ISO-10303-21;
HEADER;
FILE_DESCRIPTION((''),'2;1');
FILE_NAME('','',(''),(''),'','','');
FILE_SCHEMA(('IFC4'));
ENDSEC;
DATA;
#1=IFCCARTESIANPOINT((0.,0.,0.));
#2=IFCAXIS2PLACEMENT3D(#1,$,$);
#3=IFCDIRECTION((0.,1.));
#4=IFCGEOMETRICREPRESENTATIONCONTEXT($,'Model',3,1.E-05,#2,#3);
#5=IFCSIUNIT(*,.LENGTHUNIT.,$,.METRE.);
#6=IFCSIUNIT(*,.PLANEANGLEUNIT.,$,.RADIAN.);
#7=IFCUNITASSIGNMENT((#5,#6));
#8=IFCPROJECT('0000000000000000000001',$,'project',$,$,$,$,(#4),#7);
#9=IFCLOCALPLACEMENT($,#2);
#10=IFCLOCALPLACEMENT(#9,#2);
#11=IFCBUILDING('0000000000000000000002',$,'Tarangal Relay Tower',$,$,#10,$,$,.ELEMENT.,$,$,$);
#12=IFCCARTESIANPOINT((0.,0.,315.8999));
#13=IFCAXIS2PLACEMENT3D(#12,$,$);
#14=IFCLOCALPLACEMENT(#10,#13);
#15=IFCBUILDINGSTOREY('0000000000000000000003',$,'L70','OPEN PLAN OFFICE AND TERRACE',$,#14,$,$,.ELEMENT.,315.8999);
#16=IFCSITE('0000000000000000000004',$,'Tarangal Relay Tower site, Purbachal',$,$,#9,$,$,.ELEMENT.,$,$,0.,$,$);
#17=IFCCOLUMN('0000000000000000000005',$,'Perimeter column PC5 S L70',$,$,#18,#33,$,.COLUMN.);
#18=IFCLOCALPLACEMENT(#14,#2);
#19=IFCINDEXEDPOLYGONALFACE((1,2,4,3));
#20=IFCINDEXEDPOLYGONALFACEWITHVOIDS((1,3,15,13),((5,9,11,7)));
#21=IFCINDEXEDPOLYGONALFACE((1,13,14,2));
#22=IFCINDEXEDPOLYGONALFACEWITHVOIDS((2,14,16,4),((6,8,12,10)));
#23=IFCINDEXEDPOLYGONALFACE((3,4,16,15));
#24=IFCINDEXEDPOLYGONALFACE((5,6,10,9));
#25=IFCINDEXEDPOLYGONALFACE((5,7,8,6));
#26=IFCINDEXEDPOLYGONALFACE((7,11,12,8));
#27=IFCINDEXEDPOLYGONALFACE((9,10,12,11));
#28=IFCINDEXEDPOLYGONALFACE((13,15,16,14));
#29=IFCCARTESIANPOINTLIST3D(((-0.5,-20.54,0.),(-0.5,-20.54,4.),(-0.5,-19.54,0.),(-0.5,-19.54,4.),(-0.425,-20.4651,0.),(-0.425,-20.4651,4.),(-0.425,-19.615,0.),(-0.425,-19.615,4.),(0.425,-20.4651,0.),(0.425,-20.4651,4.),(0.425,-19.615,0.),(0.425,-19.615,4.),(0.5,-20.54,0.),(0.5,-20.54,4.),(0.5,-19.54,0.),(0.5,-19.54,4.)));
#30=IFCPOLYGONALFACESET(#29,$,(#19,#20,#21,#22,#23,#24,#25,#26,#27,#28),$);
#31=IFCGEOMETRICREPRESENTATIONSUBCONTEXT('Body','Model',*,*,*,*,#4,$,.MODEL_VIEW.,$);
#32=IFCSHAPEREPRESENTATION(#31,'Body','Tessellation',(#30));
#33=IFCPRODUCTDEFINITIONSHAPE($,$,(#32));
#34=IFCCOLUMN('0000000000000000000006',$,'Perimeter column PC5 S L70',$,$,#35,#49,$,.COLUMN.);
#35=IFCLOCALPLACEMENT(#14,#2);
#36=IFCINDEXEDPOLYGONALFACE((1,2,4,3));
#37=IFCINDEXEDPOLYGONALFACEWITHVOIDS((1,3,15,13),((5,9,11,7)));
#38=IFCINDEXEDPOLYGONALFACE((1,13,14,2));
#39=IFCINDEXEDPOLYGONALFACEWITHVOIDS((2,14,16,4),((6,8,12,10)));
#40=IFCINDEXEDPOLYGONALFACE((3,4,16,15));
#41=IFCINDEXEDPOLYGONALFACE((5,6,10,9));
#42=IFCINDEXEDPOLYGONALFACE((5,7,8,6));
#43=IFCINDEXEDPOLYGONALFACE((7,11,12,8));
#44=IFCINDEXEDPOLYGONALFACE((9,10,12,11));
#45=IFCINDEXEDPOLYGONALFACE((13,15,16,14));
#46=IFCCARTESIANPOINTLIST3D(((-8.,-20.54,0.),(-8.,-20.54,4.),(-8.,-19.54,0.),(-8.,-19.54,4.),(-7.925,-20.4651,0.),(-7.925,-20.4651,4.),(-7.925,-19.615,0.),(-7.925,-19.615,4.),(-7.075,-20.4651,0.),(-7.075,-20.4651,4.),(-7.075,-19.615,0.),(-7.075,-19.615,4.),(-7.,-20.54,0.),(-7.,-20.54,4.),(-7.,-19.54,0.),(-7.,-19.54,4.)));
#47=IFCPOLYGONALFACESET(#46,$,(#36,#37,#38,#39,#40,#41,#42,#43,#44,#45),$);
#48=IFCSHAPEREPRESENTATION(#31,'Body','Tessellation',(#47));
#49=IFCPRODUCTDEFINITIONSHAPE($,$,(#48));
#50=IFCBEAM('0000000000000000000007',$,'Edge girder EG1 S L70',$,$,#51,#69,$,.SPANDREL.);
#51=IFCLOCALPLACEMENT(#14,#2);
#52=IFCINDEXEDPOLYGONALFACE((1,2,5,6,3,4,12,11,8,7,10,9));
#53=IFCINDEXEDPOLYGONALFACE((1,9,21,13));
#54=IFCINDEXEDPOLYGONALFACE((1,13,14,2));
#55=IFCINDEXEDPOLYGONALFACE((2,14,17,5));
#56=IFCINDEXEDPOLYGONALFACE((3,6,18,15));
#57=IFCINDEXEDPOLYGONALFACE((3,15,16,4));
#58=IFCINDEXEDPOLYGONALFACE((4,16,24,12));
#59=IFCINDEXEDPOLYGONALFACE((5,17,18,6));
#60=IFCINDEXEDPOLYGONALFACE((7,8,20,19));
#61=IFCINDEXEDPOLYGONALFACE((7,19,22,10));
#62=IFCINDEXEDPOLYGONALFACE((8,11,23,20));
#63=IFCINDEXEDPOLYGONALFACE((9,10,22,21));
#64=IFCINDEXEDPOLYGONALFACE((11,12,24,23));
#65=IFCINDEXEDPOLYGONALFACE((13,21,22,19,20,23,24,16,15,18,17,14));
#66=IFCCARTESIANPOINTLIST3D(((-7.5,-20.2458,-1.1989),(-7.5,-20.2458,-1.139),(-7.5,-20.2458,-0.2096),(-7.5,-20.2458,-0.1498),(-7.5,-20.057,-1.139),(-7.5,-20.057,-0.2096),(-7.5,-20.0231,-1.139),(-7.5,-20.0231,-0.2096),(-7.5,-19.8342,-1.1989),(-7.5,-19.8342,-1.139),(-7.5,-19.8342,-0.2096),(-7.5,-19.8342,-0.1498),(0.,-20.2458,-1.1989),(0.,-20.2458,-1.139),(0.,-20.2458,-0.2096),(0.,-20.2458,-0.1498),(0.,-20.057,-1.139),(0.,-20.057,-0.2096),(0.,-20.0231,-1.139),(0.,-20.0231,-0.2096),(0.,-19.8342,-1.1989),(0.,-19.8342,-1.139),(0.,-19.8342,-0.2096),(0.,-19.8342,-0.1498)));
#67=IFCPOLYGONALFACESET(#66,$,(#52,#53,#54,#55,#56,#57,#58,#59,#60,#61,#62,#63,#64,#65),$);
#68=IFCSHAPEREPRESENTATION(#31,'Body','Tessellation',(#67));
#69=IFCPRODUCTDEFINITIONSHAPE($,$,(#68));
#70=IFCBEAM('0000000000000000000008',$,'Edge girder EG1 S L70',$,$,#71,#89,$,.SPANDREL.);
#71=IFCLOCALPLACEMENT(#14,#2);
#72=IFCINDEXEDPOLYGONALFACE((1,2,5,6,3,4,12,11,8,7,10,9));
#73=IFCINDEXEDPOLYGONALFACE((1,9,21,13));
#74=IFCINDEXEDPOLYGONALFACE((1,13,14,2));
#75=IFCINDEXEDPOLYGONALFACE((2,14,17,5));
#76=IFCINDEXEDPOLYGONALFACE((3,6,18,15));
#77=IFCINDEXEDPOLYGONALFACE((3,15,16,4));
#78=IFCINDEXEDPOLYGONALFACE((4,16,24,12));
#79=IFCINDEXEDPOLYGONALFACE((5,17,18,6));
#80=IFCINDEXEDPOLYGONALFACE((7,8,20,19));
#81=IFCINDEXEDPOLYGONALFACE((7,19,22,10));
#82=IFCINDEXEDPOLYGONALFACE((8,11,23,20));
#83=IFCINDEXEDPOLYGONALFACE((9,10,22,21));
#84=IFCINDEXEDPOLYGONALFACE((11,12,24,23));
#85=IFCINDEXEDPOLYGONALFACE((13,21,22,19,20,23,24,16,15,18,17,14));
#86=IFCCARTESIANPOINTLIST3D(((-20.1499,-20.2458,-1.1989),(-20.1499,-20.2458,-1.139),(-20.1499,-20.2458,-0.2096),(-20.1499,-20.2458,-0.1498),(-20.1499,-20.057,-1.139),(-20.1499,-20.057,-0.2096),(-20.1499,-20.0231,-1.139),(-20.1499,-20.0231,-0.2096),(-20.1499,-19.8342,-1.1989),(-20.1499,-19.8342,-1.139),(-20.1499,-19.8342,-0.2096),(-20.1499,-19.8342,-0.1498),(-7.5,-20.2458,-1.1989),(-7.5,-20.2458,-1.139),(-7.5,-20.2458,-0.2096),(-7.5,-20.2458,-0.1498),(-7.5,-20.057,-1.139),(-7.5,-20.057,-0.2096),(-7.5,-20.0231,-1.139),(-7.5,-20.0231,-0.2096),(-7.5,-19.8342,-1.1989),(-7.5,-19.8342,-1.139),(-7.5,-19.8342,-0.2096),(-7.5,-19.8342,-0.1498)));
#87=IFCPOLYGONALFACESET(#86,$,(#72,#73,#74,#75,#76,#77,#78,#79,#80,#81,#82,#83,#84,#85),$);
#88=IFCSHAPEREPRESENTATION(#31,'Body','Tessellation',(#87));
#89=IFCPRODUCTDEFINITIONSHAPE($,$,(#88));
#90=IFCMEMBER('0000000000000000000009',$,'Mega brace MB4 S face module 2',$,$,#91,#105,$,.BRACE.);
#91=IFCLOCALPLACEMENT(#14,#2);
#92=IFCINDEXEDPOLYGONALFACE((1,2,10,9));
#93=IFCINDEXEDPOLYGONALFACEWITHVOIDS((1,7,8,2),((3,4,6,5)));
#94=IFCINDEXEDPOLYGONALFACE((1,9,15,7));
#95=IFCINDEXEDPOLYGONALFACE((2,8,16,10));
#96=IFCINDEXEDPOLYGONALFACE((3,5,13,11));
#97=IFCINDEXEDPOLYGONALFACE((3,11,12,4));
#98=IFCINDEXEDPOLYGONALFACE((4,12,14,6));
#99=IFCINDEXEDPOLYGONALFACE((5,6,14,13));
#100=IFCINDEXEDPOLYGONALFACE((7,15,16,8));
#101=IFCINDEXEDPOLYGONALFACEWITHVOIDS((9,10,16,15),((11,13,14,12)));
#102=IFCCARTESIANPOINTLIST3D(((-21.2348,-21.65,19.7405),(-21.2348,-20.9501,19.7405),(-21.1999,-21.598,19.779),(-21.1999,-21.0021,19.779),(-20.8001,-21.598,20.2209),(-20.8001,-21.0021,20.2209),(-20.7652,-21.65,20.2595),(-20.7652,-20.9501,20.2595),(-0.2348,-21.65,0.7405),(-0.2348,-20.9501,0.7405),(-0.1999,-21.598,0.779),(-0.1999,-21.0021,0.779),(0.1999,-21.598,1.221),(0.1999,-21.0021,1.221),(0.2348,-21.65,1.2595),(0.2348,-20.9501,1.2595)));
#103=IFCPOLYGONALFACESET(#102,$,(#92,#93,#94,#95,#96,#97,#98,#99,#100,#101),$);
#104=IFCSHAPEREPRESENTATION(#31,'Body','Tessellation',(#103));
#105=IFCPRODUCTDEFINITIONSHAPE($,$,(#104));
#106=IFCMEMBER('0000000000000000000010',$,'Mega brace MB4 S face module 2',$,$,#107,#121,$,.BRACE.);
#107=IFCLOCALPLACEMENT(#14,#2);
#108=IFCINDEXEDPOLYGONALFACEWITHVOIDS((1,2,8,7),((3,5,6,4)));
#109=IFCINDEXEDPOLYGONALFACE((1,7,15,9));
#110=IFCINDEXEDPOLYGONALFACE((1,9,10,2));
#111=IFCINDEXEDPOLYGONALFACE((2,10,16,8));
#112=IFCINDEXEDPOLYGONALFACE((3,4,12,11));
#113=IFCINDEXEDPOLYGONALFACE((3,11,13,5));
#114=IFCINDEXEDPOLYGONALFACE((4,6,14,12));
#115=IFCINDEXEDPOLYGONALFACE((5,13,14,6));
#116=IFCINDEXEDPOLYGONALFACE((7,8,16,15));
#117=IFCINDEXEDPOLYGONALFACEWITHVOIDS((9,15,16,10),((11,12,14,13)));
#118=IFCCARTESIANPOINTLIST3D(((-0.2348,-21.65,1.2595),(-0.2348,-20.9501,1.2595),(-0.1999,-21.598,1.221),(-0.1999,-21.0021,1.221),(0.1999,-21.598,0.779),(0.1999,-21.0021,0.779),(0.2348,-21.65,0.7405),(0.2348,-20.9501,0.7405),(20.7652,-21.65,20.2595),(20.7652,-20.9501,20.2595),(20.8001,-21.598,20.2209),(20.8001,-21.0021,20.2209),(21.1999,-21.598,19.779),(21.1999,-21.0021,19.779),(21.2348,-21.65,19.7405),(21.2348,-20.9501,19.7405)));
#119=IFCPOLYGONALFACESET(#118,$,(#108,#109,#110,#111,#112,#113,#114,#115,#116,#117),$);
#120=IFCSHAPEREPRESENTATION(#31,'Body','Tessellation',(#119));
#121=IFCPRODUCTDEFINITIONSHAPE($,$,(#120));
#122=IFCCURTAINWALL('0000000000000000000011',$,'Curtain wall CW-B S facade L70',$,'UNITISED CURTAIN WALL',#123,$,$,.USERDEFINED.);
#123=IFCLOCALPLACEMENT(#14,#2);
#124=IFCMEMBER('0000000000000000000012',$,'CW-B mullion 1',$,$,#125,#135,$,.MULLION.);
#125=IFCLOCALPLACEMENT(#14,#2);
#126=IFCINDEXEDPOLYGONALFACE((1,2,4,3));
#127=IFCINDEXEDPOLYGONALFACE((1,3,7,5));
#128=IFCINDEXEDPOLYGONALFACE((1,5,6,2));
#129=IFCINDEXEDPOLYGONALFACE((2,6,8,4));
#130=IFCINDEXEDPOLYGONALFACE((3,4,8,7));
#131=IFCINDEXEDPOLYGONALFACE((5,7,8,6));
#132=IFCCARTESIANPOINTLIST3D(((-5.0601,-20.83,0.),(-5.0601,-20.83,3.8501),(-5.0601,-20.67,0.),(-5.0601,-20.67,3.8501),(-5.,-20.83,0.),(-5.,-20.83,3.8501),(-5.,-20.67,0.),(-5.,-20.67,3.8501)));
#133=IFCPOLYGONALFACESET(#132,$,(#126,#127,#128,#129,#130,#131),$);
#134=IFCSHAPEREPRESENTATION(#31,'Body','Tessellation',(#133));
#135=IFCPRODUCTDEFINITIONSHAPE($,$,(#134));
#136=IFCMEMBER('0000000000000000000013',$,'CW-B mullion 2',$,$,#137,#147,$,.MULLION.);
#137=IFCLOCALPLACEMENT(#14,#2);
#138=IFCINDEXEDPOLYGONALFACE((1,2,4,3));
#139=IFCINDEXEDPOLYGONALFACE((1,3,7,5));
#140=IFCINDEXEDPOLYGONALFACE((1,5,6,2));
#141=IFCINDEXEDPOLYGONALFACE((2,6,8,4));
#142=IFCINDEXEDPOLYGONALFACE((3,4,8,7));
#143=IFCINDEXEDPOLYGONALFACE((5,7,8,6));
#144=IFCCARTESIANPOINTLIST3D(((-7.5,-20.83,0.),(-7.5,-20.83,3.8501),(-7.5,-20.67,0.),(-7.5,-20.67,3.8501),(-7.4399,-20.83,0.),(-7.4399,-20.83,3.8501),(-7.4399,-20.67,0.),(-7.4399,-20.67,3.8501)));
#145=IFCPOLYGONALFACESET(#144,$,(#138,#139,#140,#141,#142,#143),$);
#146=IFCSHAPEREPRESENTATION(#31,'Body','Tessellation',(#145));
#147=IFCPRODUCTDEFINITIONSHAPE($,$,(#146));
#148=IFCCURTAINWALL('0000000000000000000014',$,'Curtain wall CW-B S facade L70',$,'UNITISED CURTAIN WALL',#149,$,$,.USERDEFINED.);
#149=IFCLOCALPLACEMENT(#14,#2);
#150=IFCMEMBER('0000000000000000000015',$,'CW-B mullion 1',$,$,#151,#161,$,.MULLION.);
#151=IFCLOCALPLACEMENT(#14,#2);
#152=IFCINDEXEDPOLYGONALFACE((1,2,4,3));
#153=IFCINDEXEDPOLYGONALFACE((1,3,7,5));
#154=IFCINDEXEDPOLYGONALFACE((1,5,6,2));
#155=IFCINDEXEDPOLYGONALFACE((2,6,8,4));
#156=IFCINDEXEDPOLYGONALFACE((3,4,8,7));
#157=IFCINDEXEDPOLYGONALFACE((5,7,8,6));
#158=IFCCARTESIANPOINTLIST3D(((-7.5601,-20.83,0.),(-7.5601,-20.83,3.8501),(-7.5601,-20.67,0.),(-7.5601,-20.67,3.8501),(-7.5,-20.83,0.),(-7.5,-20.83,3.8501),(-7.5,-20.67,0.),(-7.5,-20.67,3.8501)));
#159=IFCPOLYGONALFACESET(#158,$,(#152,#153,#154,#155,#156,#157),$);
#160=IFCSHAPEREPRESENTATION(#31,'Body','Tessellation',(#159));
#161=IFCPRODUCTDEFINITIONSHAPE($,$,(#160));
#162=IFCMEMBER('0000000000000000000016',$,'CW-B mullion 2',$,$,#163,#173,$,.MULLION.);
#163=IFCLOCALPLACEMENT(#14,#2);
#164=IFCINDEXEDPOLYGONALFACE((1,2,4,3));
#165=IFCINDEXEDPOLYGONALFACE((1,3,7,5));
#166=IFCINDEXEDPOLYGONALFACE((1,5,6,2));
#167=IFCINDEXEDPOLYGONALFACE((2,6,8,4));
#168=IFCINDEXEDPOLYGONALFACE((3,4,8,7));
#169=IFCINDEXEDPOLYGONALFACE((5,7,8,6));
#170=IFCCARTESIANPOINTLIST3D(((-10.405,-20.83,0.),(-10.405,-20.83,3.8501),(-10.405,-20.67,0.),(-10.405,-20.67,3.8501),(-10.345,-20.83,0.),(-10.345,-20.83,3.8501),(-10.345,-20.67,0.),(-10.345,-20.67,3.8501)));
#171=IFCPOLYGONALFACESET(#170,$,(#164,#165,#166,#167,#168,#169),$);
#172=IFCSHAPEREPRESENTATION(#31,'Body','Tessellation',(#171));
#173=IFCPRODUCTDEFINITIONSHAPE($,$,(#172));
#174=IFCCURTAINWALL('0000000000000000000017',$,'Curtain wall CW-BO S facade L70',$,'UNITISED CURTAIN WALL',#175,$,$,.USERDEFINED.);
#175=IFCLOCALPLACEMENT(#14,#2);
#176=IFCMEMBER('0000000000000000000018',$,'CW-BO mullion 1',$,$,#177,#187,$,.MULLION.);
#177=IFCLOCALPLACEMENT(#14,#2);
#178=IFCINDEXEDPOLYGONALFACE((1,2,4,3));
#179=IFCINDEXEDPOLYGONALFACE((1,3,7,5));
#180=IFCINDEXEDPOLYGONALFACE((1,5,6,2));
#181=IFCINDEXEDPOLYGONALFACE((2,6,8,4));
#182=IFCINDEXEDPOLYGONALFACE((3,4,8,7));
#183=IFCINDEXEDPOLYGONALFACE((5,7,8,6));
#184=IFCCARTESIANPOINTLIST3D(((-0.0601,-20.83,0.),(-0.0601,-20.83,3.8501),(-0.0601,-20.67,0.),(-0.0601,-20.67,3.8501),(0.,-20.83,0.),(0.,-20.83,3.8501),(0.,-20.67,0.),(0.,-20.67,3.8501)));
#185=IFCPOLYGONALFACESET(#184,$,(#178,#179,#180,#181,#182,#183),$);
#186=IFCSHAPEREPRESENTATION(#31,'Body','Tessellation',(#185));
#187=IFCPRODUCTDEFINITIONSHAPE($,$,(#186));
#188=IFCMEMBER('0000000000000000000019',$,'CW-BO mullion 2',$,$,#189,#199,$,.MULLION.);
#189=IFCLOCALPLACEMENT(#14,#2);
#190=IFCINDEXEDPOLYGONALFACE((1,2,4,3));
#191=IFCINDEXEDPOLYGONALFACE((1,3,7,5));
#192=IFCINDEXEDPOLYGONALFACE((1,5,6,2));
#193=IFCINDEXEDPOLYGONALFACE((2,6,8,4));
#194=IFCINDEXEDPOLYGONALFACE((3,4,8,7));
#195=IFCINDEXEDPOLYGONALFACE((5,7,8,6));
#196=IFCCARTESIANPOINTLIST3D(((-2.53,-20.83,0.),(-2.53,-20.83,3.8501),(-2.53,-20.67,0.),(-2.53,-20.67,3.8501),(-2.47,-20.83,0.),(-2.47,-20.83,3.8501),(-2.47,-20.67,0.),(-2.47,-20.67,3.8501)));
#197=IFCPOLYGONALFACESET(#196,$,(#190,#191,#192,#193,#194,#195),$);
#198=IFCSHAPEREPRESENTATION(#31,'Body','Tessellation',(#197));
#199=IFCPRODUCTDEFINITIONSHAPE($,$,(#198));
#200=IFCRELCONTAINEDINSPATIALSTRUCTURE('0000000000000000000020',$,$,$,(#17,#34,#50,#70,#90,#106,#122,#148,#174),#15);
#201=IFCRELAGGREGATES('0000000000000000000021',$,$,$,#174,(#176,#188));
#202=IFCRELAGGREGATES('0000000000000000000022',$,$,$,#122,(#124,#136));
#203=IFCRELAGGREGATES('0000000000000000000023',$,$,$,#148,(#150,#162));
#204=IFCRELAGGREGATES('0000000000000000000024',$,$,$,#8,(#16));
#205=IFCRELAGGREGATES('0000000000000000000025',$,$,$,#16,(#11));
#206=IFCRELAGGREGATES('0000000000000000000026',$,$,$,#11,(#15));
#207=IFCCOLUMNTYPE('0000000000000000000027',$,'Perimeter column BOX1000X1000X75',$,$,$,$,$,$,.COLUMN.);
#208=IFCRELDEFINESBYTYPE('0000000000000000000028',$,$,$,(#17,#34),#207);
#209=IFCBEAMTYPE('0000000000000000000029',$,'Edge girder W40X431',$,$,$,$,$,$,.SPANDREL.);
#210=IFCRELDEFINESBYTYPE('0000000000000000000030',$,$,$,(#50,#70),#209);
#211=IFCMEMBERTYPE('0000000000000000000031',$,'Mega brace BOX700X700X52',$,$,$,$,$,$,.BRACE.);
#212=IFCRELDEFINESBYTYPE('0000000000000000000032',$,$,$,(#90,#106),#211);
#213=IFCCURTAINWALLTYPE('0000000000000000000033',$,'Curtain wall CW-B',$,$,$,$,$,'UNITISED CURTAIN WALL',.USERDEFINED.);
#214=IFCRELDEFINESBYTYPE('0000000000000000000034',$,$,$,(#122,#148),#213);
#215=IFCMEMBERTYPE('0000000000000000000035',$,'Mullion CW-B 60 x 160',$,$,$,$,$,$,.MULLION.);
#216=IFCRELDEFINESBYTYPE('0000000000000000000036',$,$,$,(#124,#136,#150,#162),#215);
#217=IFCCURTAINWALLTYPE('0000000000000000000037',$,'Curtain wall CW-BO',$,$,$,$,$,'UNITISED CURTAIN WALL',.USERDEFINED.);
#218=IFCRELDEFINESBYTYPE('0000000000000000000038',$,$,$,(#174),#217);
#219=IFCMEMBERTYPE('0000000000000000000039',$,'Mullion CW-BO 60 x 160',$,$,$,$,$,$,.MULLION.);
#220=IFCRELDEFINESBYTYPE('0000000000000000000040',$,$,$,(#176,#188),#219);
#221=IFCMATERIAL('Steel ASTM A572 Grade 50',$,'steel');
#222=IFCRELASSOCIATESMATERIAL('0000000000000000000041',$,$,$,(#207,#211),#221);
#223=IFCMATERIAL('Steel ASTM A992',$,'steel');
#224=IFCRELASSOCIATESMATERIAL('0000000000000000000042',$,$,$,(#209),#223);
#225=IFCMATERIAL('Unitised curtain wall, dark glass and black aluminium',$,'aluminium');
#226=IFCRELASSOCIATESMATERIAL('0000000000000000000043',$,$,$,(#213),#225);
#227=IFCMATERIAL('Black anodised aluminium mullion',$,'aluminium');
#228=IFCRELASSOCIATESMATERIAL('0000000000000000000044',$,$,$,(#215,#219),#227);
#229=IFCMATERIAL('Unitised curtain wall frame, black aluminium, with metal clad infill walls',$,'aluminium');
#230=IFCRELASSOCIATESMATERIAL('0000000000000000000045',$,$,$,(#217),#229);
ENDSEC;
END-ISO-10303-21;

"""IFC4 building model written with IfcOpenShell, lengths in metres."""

from ifc_helpers import new_model, si_unit, direction, frame, origin, origin_2d, place, context, subcontext, project, spatial, rectangle, hollow_rectangle, i_section, extrude, material, material_profile, profile_set, type_object, element, aggregate, save


model = new_model("IFC4")

# Units and contexts
model_context = context("Model", 3, precision=1e-05, world=origin(), true_north=direction((0.0, 1.0)))
body_context = subcontext(model_context, "Body", "Model", "MODEL_VIEW")
ifc_project = project(units=[si_unit("LENGTHUNIT", "METRE"), si_unit("PLANEANGLEUNIT", "RADIAN")], contexts=[model_context])

# Site, building, storey
site_placement = place(None, origin())
site = spatial("IfcSite", under=ifc_project, at=site_placement, Name="Tarangal Relay Tower site, Purbachal", CompositionType="ELEMENT", RefElevation=0.0)
building_placement = place(site_placement, origin())
building = spatial("IfcBuilding", under=site, at=building_placement, Name="Tarangal Relay Tower", CompositionType="ELEMENT")
storey_placement = place(building_placement, frame((0.0, 0.0, 315.8999)))
storey = spatial("IfcBuildingStorey", under=building, at=storey_placement, Name="L70", Description="OPEN PLAN OFFICE AND TERRACE", CompositionType="ELEMENT", Elevation=315.8999)

# Columns
ifc_material_1 = material(Name="Steel ASTM A572 Grade 50", Category="steel")
ifc_material_profile_1 = material_profile(ifc_material_1, hollow_rectangle(XDim=1.0, YDim=1.0, WallThickness=0.075, at=origin_2d()), Name="BOX1000X1000X75")
ifc_profile_set_1 = profile_set([ifc_material_profile_1], Name="Steel ASTM A572 Grade 50")
column_type = type_object("IfcColumnType", Name="Perimeter column BOX1000X1000X75", PredefinedType="COLUMN", material=ifc_profile_set_1)
for number, where, z_axis, x_axis, name in (
    (1, (0.0, -20.04, 0.0), (0.0, 0.0, 1.0), (1.0, 0.0, 0.0), "Perimeter column PC5 S L70"),
    (2, (-7.5, -20.04, 0.0), (0.0, 0.0, 1.0), (1.0, 0.0, 0.0), "Perimeter column PC5 S L70"),
):
    element("IfcColumn", number, at=place(storey_placement, frame(where, z_axis=z_axis, x_axis=x_axis)), inside=storey, type_object=column_type, Name=name, PredefinedType="COLUMN", context=body_context, shape_type="SweptSolid", body=[
        extrude(hollow_rectangle(XDim=1.0, YDim=1.0, WallThickness=0.075, at=origin_2d()), origin(), (0.0, 0.0, 1.0), 4.0),
    ])

# Beams
ifc_material_2 = material(Name="Steel ASTM A992", Category="steel")
ifc_material_profile_2 = material_profile(ifc_material_2, i_section(OverallWidth=0.4116, OverallDepth=1.0491, WebThickness=0.0339, FlangeThickness=0.0598, at=origin_2d()), Name="W40X431")
ifc_profile_set_2 = profile_set([ifc_material_profile_2], Name="Steel ASTM A992")
beam_type = type_object("IfcBeamType", Name="Edge girder W40X431", PredefinedType="SPANDREL", material=ifc_profile_set_2)
beam_1_placement = place(storey_placement, frame((0.0, -20.04, -0.6743), z_axis=(-1.0, 0.0, 0.0), x_axis=(0.0, -1.0, 0.0)))
element("IfcBeam", 3, at=beam_1_placement, inside=storey, type_object=beam_type, Name="Edge girder EG1 S L70", PredefinedType="SPANDREL", context=body_context, shape_type="SweptSolid", body=[
    extrude(i_section(OverallWidth=0.4116, OverallDepth=1.0491, WebThickness=0.0339, FlangeThickness=0.0598, at=origin_2d()), origin(), (0.0, 0.0, 1.0), 7.5),
])
beam_2_placement = place(storey_placement, frame((-7.5, -20.04, -0.6743), z_axis=(-1.0, 0.0, 0.0), x_axis=(0.0, -1.0, 0.0)))
element("IfcBeam", 4, at=beam_2_placement, inside=storey, type_object=beam_type, Name="Edge girder EG1 S L70", PredefinedType="SPANDREL", context=body_context, shape_type="SweptSolid", body=[
    extrude(i_section(OverallWidth=0.4116, OverallDepth=1.0491, WebThickness=0.0339, FlangeThickness=0.0598, at=origin_2d()), origin(), (0.0, 0.0, 1.0), 12.6499),
])

# Members
ifc_material_profile_3 = material_profile(ifc_material_1, hollow_rectangle(XDim=0.7, YDim=0.7, WallThickness=0.052, at=origin_2d()), Name="BOX700X700X52")
ifc_profile_set_3 = profile_set([ifc_material_profile_3], Name="Steel ASTM A572 Grade 50")
member_type_1 = type_object("IfcMemberType", Name="Mega brace BOX700X700X52", PredefinedType="BRACE", material=ifc_profile_set_3)
for number, where, z_axis, x_axis, name in (
    (5, (0.0, -21.3, 1.0), (-0.741536, 0.0, 0.670913), (0.0, -1.0, 0.0), "Mega brace MB4 S face module 2"),
    (6, (0.0, -21.3, 1.0), (0.741536, 0.0, 0.670913), (0.0, 1.0, 0.0), "Mega brace MB4 S face module 2"),
):
    element("IfcMember", number, at=place(storey_placement, frame(where, z_axis=z_axis, x_axis=x_axis)), inside=storey, type_object=member_type_1, Name=name, PredefinedType="BRACE", context=body_context, shape_type="SweptSolid", body=[
        extrude(hollow_rectangle(XDim=0.7, YDim=0.7, WallThickness=0.052, at=origin_2d()), origin(), (0.0, 0.0, 1.0), 28.3196),
    ])

# Curtain walls, members
ifc_material_3 = material(Name="Unitised curtain wall, dark glass and black aluminium", Category="aluminium")
curtain_wall_type_1 = type_object("IfcCurtainWallType", Name="Curtain wall CW-B", ElementType="UNITISED CURTAIN WALL", PredefinedType="USERDEFINED", material=ifc_material_3)
curtain_wall_1_placement = place(storey_placement, origin())
curtain_wall_1 = element("IfcCurtainWall", 7, at=curtain_wall_1_placement, inside=storey, type_object=curtain_wall_type_1, Name="Curtain wall CW-B S facade L70", ObjectType="UNITISED CURTAIN WALL", PredefinedType="USERDEFINED")
ifc_material_4 = material(Name="Black anodised aluminium mullion", Category="aluminium")
ifc_material_profile_4 = material_profile(ifc_material_4, rectangle(XDim=0.1599, YDim=0.0601, at=origin_2d()), Name="CW-BM 60X160")
ifc_profile_set_4 = profile_set([ifc_material_profile_4], Name="Black anodised aluminium mullion")
member_type_2 = type_object("IfcMemberType", Name="Mullion CW-B 60 x 160", PredefinedType="MULLION", material=ifc_profile_set_4)
member_1_placement = place(storey_placement, frame((-5.03, -20.75, 0.0), z_axis=(0.0, 0.0, 1.0), x_axis=(0.0, -1.0, 0.0)))
member_1 = element("IfcMember", 8, at=member_1_placement, type_object=member_type_2, Name="CW-B mullion 1", PredefinedType="MULLION", context=body_context, shape_type="SweptSolid", body=[
    extrude(rectangle(XDim=0.1599, YDim=0.0601, at=origin_2d()), origin(), (0.0, 0.0, 1.0), 3.8501),
])
member_2_placement = place(storey_placement, frame((-7.47, -20.75, 0.0), z_axis=(0.0, 0.0, 1.0), x_axis=(0.0, -1.0, 0.0)))
member_2 = element("IfcMember", 9, at=member_2_placement, type_object=member_type_2, Name="CW-B mullion 2", PredefinedType="MULLION", context=body_context, shape_type="SweptSolid", body=[
    extrude(rectangle(XDim=0.1599, YDim=0.0601, at=origin_2d()), origin(), (0.0, 0.0, 1.0), 3.8501),
])
curtain_wall_2_placement = place(storey_placement, origin())
curtain_wall_2 = element("IfcCurtainWall", 10, at=curtain_wall_2_placement, inside=storey, type_object=curtain_wall_type_1, Name="Curtain wall CW-B S facade L70", ObjectType="UNITISED CURTAIN WALL", PredefinedType="USERDEFINED")
member_3_placement = place(storey_placement, frame((-7.53, -20.75, 0.0), z_axis=(0.0, 0.0, 1.0), x_axis=(0.0, -1.0, 0.0)))
member_3 = element("IfcMember", 11, at=member_3_placement, type_object=member_type_2, Name="CW-B mullion 1", PredefinedType="MULLION", context=body_context, shape_type="SweptSolid", body=[
    extrude(rectangle(XDim=0.1599, YDim=0.0601, at=origin_2d()), origin(), (0.0, 0.0, 1.0), 3.8501),
])
member_4_placement = place(storey_placement, frame((-10.375, -20.75, 0.0), z_axis=(0.0, 0.0, 1.0), x_axis=(0.0, -1.0, 0.0)))
member_4 = element("IfcMember", 12, at=member_4_placement, type_object=member_type_2, Name="CW-B mullion 2", PredefinedType="MULLION", context=body_context, shape_type="SweptSolid", body=[
    extrude(rectangle(XDim=0.1599, YDim=0.0601, at=origin_2d()), origin(), (0.0, 0.0, 1.0), 3.8501),
])
ifc_material_5 = material(Name="Unitised curtain wall frame, black aluminium, with metal clad infill walls", Category="aluminium")
curtain_wall_type_2 = type_object("IfcCurtainWallType", Name="Curtain wall CW-BO", ElementType="UNITISED CURTAIN WALL", PredefinedType="USERDEFINED", material=ifc_material_5)
curtain_wall_3_placement = place(storey_placement, origin())
curtain_wall_3 = element("IfcCurtainWall", 13, at=curtain_wall_3_placement, inside=storey, type_object=curtain_wall_type_2, Name="Curtain wall CW-BO S facade L70", ObjectType="UNITISED CURTAIN WALL", PredefinedType="USERDEFINED")
ifc_material_profile_5 = material_profile(ifc_material_4, rectangle(XDim=0.1599, YDim=0.0601, at=origin_2d()), Name="CW-BOM 60X160")
ifc_profile_set_5 = profile_set([ifc_material_profile_5], Name="Black anodised aluminium mullion")
member_type_3 = type_object("IfcMemberType", Name="Mullion CW-BO 60 x 160", PredefinedType="MULLION", material=ifc_profile_set_5)
member_5_placement = place(storey_placement, frame((-0.03, -20.75, 0.0), z_axis=(0.0, 0.0, 1.0), x_axis=(0.0, -1.0, 0.0)))
member_5 = element("IfcMember", 14, at=member_5_placement, type_object=member_type_3, Name="CW-BO mullion 1", PredefinedType="MULLION", context=body_context, shape_type="SweptSolid", body=[
    extrude(rectangle(XDim=0.1599, YDim=0.0601, at=origin_2d()), origin(), (0.0, 0.0, 1.0), 3.8501),
])
member_6_placement = place(storey_placement, frame((-2.5, -20.75, 0.0), z_axis=(0.0, 0.0, 1.0), x_axis=(0.0, -1.0, 0.0)))
member_6 = element("IfcMember", 15, at=member_6_placement, type_object=member_type_3, Name="CW-BO mullion 2", PredefinedType="MULLION", context=body_context, shape_type="SweptSolid", body=[
    extrude(rectangle(XDim=0.1599, YDim=0.0601, at=origin_2d()), origin(), (0.0, 0.0, 1.0), 3.8501),
])

aggregate(curtain_wall_3, [member_5, member_6])

aggregate(curtain_wall_1, [member_1, member_2])
aggregate(curtain_wall_2, [member_3, member_4])

save(model, "model.ifc")
